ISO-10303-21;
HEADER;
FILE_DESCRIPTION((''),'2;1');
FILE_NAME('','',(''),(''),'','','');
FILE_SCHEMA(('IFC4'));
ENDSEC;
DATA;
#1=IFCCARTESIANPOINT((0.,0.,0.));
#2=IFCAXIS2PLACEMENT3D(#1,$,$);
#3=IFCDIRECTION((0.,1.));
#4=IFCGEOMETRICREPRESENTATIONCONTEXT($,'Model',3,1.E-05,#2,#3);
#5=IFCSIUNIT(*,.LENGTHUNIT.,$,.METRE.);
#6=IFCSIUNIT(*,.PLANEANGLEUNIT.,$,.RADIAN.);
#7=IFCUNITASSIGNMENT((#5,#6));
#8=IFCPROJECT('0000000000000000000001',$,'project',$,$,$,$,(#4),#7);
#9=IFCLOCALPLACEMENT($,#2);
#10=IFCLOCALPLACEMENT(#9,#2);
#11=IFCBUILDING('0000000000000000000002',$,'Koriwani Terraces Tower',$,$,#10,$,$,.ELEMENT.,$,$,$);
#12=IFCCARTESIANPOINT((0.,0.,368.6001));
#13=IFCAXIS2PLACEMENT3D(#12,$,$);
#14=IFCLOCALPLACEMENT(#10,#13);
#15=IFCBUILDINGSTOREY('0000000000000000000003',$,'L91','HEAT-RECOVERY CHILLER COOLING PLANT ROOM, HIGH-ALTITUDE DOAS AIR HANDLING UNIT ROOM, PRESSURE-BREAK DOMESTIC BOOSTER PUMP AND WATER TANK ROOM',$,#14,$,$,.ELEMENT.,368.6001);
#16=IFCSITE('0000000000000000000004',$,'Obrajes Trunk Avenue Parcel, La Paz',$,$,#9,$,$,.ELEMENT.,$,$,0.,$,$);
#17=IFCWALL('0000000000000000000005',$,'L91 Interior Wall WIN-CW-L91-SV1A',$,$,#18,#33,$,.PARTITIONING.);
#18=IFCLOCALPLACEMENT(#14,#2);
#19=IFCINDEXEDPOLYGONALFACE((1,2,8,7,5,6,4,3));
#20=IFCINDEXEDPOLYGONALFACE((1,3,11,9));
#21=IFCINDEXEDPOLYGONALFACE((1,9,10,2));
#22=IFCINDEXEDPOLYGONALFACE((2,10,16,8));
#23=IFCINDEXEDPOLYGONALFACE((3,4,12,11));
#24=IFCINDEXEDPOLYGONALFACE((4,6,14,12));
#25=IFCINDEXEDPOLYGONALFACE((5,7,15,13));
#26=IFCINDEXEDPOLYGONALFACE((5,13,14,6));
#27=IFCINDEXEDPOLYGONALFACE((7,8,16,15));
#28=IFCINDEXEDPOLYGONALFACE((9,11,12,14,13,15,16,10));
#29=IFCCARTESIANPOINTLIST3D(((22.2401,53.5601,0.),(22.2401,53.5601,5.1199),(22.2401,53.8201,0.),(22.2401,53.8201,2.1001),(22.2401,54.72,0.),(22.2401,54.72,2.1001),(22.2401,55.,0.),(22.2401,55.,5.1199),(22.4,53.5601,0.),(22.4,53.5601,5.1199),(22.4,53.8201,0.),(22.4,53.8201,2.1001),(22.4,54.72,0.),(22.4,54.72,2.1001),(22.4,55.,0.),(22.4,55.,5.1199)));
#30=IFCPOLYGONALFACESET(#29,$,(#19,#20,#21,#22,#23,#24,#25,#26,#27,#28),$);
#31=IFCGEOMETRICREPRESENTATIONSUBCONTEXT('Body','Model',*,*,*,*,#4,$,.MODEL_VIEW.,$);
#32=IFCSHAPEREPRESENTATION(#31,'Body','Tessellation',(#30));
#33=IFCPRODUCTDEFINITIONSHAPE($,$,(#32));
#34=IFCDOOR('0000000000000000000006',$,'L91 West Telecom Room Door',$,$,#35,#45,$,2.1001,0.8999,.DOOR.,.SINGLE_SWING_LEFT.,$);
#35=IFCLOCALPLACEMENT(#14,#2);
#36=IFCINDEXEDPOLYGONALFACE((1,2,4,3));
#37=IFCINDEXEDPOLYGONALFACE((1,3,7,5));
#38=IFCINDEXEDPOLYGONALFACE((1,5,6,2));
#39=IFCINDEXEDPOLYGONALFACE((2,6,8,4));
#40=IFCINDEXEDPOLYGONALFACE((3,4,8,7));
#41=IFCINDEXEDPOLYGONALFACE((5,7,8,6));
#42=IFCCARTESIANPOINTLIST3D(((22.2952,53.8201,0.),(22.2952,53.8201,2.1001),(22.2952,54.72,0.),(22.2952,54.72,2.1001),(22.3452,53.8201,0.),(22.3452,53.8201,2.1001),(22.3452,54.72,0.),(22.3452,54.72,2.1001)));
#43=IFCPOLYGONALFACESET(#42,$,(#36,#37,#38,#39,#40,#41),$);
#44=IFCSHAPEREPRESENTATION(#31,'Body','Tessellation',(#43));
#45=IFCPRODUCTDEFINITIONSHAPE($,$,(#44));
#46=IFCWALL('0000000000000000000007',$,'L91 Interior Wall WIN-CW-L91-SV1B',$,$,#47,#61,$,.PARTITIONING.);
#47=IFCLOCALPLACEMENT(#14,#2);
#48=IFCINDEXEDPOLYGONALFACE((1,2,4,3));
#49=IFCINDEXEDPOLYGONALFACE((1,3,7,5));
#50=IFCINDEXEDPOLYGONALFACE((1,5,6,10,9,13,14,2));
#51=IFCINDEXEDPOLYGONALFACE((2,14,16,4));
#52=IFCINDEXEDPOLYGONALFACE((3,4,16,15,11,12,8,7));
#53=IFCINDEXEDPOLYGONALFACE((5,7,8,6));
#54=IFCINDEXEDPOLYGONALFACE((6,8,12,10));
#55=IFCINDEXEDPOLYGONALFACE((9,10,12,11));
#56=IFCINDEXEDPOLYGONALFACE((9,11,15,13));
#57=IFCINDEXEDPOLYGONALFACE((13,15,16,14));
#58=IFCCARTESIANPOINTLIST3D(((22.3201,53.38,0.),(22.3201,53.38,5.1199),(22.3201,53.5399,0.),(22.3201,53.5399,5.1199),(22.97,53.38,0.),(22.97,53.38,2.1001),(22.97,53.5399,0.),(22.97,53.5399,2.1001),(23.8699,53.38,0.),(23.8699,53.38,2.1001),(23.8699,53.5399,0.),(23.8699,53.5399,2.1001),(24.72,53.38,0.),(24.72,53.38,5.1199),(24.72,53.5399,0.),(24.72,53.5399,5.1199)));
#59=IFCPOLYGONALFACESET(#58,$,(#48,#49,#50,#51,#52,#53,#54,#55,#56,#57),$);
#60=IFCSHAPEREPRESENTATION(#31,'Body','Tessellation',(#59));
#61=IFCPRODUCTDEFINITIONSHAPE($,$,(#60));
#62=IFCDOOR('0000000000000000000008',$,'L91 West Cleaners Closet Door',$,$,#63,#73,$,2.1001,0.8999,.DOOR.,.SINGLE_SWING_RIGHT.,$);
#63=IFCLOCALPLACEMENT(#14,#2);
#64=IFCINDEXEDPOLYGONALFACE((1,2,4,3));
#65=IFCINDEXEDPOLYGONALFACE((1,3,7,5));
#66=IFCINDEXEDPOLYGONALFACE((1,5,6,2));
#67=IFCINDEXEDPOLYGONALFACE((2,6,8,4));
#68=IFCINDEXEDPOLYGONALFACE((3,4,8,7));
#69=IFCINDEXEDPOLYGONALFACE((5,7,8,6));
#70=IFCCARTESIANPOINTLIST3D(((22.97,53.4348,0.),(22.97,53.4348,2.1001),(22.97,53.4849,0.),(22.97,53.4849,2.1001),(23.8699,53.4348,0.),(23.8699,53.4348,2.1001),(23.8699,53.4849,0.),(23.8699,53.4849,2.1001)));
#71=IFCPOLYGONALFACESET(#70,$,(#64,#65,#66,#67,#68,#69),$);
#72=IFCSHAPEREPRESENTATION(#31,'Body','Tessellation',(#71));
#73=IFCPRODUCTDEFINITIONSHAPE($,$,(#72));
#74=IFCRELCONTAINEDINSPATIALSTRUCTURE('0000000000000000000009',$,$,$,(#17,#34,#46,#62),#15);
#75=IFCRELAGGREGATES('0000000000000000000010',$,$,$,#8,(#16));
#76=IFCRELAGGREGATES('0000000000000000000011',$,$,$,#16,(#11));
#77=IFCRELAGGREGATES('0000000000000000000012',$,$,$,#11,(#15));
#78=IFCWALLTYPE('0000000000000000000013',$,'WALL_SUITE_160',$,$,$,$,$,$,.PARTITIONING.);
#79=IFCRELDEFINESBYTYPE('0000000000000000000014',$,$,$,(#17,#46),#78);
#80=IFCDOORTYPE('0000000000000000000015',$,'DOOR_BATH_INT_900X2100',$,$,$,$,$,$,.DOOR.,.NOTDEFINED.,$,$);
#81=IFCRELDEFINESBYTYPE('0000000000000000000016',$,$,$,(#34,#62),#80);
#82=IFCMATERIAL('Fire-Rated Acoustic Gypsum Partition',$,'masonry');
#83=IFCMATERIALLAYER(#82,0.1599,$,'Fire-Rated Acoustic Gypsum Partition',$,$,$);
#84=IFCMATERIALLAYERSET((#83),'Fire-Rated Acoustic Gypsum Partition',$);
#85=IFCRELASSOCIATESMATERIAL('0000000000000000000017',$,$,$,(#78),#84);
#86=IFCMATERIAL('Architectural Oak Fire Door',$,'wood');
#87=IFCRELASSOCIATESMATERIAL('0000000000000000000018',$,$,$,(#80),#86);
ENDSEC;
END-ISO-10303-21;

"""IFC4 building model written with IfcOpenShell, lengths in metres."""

from ifc_helpers import new_model, si_unit, direction, frame, frame_2d, origin, place, context, subcontext, project, spatial, rectangle, extrude, material, layer, layer_set, type_object, element, fill, save


model = new_model("IFC4")

# Units and contexts
model_context = context("Model", 3, precision=1e-05, world=origin(), true_north=direction((0.0, 1.0)))
body_context = subcontext(model_context, "Body", "Model", "MODEL_VIEW")
ifc_project = project(units=[si_unit("LENGTHUNIT", "METRE"), si_unit("PLANEANGLEUNIT", "RADIAN")], contexts=[model_context])

# Site, building, storey
site_placement = place(None, origin())
site = spatial("IfcSite", under=ifc_project, at=site_placement, Name="Obrajes Trunk Avenue Parcel, La Paz", CompositionType="ELEMENT", RefElevation=0.0)
building_placement = place(site_placement, origin())
building = spatial("IfcBuilding", under=site, at=building_placement, Name="Koriwani Terraces Tower", CompositionType="ELEMENT")
storey_placement = place(building_placement, frame((0.0, 0.0, 368.6001)))
storey = spatial("IfcBuildingStorey", under=building, at=storey_placement, Name="L91", Description="HEAT-RECOVERY CHILLER COOLING PLANT ROOM, HIGH-ALTITUDE DOAS AIR HANDLING UNIT ROOM, PRESSURE-BREAK DOMESTIC BOOSTER PUMP AND WATER TANK ROOM", CompositionType="ELEMENT", Elevation=368.6001)

# Walls, openings, doors
ifc_material_1 = material(Name="Fire-Rated Acoustic Gypsum Partition", Category="masonry")
ifc_layer_1 = layer(ifc_material_1, 0.1599, Name="Fire-Rated Acoustic Gypsum Partition")
ifc_layer_set_1 = layer_set([ifc_layer_1], Name="Fire-Rated Acoustic Gypsum Partition")
wall_type_1 = type_object("IfcWallType", Name="WALL_SUITE_160", PredefinedType="PARTITIONING", material=ifc_layer_set_1)
wall_1_placement = place(storey_placement, frame((22.3201, 53.5601, 0.0), z_axis=(0.0, 0.0, 1.0), x_axis=(0.0, 1.0, 0.0)))
wall_1 = element("IfcWall", 1, at=wall_1_placement, inside=storey, type_object=wall_type_1, Name="L91 Interior Wall WIN-CW-L91-SV1A", PredefinedType="PARTITIONING", context=body_context, shape_type="SweptSolid", body=[
    extrude(rectangle(XDim=1.4399, YDim=0.1599, at=frame_2d((0.72, 0.0))), origin(), (0.0, 0.0, 1.0), 5.1199),
])
opening_1_placement = place(wall_1_placement, frame((0.26, 0.0, 0.0)))
opening_1 = element("IfcOpeningElement", 2, at=opening_1_placement, cuts=wall_1, PredefinedType="OPENING", context=body_context, shape_type="SweptSolid", body=[
    extrude(rectangle(XDim=0.8999, YDim=2.1001, at=frame_2d((0.45, 1.05))), frame((0.0, 0.0898, 0.0), z_axis=(0.0, -1.0, 0.0), x_axis=(1.0, 0.0, 0.0)), (0.0, 0.0, 1.0), 0.1799),
])
ifc_material_2 = material(Name="Architectural Oak Fire Door", Category="wood")
door_type_1 = type_object("IfcDoorType", Name="DOOR_BATH_INT_900X2100", OperationType="NOTDEFINED", PredefinedType="DOOR", material=ifc_material_2)
door_1_placement = place(opening_1_placement, origin())
door_1 = element("IfcDoor", 3, at=door_1_placement, inside=storey, type_object=door_type_1, Name="L91 West Telecom Room Door", OperationType="SINGLE_SWING_LEFT", OverallHeight=2.1001, OverallWidth=0.8999, PredefinedType="DOOR", context=body_context, shape_type="SweptSolid", body=[
    extrude(rectangle(XDim=0.8999, YDim=2.1001, at=frame_2d((0.45, 1.05))), frame((0.0, 0.0249, 0.0), z_axis=(0.0, -1.0, 0.0), x_axis=(1.0, 0.0, 0.0)), (0.0, 0.0, 1.0), 0.05),
])
fill(opening_1, door_1)
wall_2_placement = place(storey_placement, frame((22.3201, 53.46, 0.0), z_axis=(0.0, 0.0, 1.0), x_axis=(1.0, 0.0, 0.0)))
wall_2 = element("IfcWall", 4, at=wall_2_placement, inside=storey, type_object=wall_type_1, Name="L91 Interior Wall WIN-CW-L91-SV1B", PredefinedType="PARTITIONING", context=body_context, shape_type="SweptSolid", body=[
    extrude(rectangle(XDim=2.3999, YDim=0.1599, at=frame_2d((1.2, 0.0))), origin(), (0.0, 0.0, 1.0), 5.1199),
])
opening_2_placement = place(wall_2_placement, frame((0.6499, 0.0, 0.0)))
opening_2 = element("IfcOpeningElement", 5, at=opening_2_placement, cuts=wall_2, PredefinedType="OPENING", context=body_context, shape_type="SweptSolid", body=[
    extrude(rectangle(XDim=0.8999, YDim=2.1001, at=frame_2d((0.45, 1.05))), frame((0.0, 0.0898, 0.0), z_axis=(0.0, -1.0, 0.0), x_axis=(1.0, 0.0, 0.0)), (0.0, 0.0, 1.0), 0.1799),
])
door_2_placement = place(opening_2_placement, origin())
door_2 = element("IfcDoor", 6, at=door_2_placement, inside=storey, type_object=door_type_1, Name="L91 West Cleaners Closet Door", OperationType="SINGLE_SWING_RIGHT", OverallHeight=2.1001, OverallWidth=0.8999, PredefinedType="DOOR", context=body_context, shape_type="SweptSolid", body=[
    extrude(rectangle(XDim=0.8999, YDim=2.1001, at=frame_2d((0.45, 1.05))), frame((0.0, 0.0249, 0.0), z_axis=(0.0, -1.0, 0.0), x_axis=(1.0, 0.0, 0.0)), (0.0, 0.0, 1.0), 0.05),
])
fill(opening_2, door_2)

save(model, "model.ifc")
